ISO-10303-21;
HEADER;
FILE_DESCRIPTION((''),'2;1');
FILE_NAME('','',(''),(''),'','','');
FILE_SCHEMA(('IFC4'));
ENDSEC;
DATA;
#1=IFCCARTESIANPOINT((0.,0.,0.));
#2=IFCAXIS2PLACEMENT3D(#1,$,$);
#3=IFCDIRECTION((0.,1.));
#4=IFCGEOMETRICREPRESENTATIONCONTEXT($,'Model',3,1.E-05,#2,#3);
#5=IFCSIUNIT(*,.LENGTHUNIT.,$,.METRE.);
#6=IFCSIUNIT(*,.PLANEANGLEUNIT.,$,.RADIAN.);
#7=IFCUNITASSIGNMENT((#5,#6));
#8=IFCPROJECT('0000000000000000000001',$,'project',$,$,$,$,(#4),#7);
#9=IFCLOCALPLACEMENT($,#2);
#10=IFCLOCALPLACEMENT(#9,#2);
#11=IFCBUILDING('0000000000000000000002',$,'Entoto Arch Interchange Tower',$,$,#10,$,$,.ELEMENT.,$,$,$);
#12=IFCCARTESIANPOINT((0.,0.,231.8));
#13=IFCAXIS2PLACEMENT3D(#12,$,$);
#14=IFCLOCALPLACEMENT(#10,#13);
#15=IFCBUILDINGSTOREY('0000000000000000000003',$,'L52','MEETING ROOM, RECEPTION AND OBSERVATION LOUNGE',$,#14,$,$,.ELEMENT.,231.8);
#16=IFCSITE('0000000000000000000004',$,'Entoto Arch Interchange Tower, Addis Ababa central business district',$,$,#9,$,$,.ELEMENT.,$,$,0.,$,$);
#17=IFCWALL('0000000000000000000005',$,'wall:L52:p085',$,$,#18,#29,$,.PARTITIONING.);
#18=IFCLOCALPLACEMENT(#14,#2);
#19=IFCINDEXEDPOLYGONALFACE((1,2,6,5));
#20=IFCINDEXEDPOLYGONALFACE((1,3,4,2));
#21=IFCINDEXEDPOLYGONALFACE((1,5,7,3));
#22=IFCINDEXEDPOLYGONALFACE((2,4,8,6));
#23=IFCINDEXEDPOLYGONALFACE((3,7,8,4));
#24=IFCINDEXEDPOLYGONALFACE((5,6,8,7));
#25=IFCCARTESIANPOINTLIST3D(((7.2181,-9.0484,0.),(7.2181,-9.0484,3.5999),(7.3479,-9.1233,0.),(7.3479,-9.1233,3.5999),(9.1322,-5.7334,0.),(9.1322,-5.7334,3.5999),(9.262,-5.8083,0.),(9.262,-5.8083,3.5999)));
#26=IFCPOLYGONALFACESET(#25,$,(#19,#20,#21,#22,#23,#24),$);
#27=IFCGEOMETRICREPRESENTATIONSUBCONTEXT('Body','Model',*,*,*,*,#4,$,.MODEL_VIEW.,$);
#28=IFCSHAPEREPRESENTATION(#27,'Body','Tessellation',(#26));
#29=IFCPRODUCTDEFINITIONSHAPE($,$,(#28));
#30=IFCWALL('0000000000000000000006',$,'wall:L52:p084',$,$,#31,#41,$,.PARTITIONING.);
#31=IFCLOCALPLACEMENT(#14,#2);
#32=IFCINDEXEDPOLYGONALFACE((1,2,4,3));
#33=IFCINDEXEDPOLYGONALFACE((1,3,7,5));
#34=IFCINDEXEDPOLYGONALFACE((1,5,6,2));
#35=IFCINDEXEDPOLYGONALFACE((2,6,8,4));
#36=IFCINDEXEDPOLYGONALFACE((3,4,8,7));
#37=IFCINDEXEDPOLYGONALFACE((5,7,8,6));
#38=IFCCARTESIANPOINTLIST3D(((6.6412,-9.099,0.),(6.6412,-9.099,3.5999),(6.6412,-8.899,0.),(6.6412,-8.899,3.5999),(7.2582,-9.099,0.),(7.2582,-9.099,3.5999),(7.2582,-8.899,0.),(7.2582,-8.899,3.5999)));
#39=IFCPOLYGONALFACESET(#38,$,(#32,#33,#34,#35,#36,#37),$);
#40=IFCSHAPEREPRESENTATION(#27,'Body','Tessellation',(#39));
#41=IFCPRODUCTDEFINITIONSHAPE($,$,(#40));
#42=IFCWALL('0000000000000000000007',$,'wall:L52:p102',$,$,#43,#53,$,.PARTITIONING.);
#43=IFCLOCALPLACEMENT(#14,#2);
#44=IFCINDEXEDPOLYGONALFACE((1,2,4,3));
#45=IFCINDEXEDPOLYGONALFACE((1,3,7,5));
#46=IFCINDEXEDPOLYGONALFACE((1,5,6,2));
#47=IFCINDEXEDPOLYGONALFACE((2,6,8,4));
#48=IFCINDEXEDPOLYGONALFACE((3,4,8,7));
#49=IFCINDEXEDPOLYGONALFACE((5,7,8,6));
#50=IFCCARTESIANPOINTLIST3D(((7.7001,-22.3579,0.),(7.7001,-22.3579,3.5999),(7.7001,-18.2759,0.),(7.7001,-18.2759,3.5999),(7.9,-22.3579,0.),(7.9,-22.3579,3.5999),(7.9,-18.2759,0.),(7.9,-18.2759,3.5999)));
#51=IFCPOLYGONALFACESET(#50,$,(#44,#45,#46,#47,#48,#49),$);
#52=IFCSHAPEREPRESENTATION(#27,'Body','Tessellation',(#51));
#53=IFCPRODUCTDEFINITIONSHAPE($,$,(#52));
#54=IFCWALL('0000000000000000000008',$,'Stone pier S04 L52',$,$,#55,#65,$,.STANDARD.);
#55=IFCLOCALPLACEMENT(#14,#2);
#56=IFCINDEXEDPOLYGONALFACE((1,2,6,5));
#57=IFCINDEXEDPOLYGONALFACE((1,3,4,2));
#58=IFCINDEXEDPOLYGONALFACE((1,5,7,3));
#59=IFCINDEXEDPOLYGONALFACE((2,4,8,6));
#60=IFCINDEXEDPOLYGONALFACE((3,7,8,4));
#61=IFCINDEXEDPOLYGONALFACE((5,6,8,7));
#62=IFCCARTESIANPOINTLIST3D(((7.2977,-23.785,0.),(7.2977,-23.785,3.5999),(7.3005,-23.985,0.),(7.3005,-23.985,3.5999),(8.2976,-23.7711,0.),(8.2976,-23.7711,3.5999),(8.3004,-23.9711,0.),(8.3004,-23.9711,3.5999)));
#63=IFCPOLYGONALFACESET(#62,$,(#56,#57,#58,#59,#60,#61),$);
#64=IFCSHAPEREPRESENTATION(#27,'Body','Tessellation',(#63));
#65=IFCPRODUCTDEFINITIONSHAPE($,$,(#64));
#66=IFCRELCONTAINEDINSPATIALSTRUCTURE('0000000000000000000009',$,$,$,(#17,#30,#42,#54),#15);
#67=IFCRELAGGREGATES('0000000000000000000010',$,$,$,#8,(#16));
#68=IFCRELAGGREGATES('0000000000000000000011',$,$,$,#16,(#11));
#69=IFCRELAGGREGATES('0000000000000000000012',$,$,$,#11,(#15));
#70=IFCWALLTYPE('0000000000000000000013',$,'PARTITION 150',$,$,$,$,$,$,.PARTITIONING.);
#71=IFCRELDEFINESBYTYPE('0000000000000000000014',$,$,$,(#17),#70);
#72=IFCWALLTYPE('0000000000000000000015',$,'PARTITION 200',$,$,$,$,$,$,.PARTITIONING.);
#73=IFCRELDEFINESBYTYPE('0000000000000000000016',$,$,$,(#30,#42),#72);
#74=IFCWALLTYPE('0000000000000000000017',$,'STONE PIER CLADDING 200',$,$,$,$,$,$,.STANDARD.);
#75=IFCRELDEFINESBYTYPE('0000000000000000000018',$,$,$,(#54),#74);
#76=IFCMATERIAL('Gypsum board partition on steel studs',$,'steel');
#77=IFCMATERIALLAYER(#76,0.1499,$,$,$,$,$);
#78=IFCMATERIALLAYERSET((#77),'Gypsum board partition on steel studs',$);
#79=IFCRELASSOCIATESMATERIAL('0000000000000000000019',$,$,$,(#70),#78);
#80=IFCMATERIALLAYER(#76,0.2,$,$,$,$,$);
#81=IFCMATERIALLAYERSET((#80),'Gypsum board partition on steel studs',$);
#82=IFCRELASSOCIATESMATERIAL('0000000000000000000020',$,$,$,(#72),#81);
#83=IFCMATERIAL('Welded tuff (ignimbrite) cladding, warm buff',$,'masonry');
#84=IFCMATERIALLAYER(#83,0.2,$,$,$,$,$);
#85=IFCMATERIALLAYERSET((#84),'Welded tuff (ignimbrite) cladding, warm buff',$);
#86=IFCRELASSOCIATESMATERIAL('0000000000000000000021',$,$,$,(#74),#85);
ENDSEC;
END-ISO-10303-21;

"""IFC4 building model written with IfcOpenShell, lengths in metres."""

from ifc_helpers import new_model, si_unit, direction, frame, frame_2d, origin, place, context, subcontext, project, spatial, rectangle, extrude, material, layer, layer_set, type_object, element, save


model = new_model("IFC4")

# Units and contexts
model_context = context("Model", 3, precision=1e-05, world=origin(), true_north=direction((0.0, 1.0)))
body_context = subcontext(model_context, "Body", "Model", "MODEL_VIEW")
ifc_project = project(units=[si_unit("LENGTHUNIT", "METRE"), si_unit("PLANEANGLEUNIT", "RADIAN")], contexts=[model_context])

# Site, building, storey
site_placement = place(None, origin())
site = spatial("IfcSite", under=ifc_project, at=site_placement, Name="Entoto Arch Interchange Tower, Addis Ababa central business district", CompositionType="ELEMENT", RefElevation=0.0)
building_placement = place(site_placement, origin())
building = spatial("IfcBuilding", under=site, at=building_placement, Name="Entoto Arch Interchange Tower", CompositionType="ELEMENT")
storey_placement = place(building_placement, frame((0.0, 0.0, 231.8)))
storey = spatial("IfcBuildingStorey", under=building, at=storey_placement, Name="L52", Description="MEETING ROOM, RECEPTION AND OBSERVATION LOUNGE", CompositionType="ELEMENT", Elevation=231.8)

# Walls
ifc_material_1 = material(Name="Gypsum board partition on steel studs", Category="steel")
ifc_layer_1 = layer(ifc_material_1, 0.1499)
ifc_layer_set_1 = layer_set([ifc_layer_1], Name="Gypsum board partition on steel studs")
wall_type_1 = type_object("IfcWallType", Name="PARTITION 150", PredefinedType="PARTITIONING", material=ifc_layer_set_1)
wall_1_placement = place(storey_placement, frame((7.283, -9.0859, 0.0), z_axis=(0.0, 0.0, 1.0), x_axis=(0.500035, 0.866005, 0.0)))
element("IfcWall", 1, at=wall_1_placement, inside=storey, type_object=wall_type_1, Name="wall:L52:p085", PredefinedType="PARTITIONING", context=body_context, shape_type="SweptSolid", body=[
    extrude(rectangle(XDim=3.8279, YDim=0.1499, at=frame_2d((1.9141, 0.0))), origin(), (0.0, 0.0, 1.0), 3.5999),
])
ifc_layer_2 = layer(ifc_material_1, 0.2)
ifc_layer_set_2 = layer_set([ifc_layer_2], Name="Gypsum board partition on steel studs")
wall_type_2 = type_object("IfcWallType", Name="PARTITION 200", PredefinedType="PARTITIONING", material=ifc_layer_set_2)
wall_2_placement = place(storey_placement, frame((6.6411, -8.999, 0.0), z_axis=(0.0, 0.0, 1.0), x_axis=(1.0, 0.0, 0.0)))
element("IfcWall", 2, at=wall_2_placement, inside=storey, type_object=wall_type_2, Name="wall:L52:p084", PredefinedType="PARTITIONING", context=body_context, shape_type="SweptSolid", body=[
    extrude(rectangle(XDim=0.6169, YDim=0.2, at=frame_2d((0.3086, 0.0))), origin(), (0.0, 0.0, 1.0), 3.5999),
])
wall_3_placement = place(storey_placement, frame((7.8, -18.2759, 0.0), z_axis=(0.0, 0.0, 1.0), x_axis=(0.0, -1.0, 0.0)))
element("IfcWall", 3, at=wall_3_placement, inside=storey, type_object=wall_type_2, Name="wall:L52:p102", PredefinedType="PARTITIONING", context=body_context, shape_type="SweptSolid", body=[
    extrude(rectangle(XDim=4.082, YDim=0.2, at=frame_2d((2.041, 0.0))), origin(), (0.0, 0.0, 1.0), 3.5999),
])
ifc_material_2 = material(Name="Welded tuff (ignimbrite) cladding, warm buff", Category="masonry")
ifc_layer_3 = layer(ifc_material_2, 0.2)
ifc_layer_set_3 = layer_set([ifc_layer_3], Name="Welded tuff (ignimbrite) cladding, warm buff")
wall_type_3 = type_object("IfcWallType", Name="STONE PIER CLADDING 200", PredefinedType="STANDARD", material=ifc_layer_set_3)
wall_4_placement = place(storey_placement, frame((7.2991, -23.885, 0.0), z_axis=(0.0, 0.0, 1.0), x_axis=(0.999903, 0.013915, 0.0)))
element("IfcWall", 4, at=wall_4_placement, inside=storey, type_object=wall_type_3, Name="Stone pier S04 L52", PredefinedType="STANDARD", context=body_context, shape_type="SweptSolid", body=[
    extrude(rectangle(XDim=1.0, YDim=0.2, at=frame_2d((0.5, 0.0))), origin(), (0.0, 0.0, 1.0), 3.5999),
])

save(model, "model.ifc")
